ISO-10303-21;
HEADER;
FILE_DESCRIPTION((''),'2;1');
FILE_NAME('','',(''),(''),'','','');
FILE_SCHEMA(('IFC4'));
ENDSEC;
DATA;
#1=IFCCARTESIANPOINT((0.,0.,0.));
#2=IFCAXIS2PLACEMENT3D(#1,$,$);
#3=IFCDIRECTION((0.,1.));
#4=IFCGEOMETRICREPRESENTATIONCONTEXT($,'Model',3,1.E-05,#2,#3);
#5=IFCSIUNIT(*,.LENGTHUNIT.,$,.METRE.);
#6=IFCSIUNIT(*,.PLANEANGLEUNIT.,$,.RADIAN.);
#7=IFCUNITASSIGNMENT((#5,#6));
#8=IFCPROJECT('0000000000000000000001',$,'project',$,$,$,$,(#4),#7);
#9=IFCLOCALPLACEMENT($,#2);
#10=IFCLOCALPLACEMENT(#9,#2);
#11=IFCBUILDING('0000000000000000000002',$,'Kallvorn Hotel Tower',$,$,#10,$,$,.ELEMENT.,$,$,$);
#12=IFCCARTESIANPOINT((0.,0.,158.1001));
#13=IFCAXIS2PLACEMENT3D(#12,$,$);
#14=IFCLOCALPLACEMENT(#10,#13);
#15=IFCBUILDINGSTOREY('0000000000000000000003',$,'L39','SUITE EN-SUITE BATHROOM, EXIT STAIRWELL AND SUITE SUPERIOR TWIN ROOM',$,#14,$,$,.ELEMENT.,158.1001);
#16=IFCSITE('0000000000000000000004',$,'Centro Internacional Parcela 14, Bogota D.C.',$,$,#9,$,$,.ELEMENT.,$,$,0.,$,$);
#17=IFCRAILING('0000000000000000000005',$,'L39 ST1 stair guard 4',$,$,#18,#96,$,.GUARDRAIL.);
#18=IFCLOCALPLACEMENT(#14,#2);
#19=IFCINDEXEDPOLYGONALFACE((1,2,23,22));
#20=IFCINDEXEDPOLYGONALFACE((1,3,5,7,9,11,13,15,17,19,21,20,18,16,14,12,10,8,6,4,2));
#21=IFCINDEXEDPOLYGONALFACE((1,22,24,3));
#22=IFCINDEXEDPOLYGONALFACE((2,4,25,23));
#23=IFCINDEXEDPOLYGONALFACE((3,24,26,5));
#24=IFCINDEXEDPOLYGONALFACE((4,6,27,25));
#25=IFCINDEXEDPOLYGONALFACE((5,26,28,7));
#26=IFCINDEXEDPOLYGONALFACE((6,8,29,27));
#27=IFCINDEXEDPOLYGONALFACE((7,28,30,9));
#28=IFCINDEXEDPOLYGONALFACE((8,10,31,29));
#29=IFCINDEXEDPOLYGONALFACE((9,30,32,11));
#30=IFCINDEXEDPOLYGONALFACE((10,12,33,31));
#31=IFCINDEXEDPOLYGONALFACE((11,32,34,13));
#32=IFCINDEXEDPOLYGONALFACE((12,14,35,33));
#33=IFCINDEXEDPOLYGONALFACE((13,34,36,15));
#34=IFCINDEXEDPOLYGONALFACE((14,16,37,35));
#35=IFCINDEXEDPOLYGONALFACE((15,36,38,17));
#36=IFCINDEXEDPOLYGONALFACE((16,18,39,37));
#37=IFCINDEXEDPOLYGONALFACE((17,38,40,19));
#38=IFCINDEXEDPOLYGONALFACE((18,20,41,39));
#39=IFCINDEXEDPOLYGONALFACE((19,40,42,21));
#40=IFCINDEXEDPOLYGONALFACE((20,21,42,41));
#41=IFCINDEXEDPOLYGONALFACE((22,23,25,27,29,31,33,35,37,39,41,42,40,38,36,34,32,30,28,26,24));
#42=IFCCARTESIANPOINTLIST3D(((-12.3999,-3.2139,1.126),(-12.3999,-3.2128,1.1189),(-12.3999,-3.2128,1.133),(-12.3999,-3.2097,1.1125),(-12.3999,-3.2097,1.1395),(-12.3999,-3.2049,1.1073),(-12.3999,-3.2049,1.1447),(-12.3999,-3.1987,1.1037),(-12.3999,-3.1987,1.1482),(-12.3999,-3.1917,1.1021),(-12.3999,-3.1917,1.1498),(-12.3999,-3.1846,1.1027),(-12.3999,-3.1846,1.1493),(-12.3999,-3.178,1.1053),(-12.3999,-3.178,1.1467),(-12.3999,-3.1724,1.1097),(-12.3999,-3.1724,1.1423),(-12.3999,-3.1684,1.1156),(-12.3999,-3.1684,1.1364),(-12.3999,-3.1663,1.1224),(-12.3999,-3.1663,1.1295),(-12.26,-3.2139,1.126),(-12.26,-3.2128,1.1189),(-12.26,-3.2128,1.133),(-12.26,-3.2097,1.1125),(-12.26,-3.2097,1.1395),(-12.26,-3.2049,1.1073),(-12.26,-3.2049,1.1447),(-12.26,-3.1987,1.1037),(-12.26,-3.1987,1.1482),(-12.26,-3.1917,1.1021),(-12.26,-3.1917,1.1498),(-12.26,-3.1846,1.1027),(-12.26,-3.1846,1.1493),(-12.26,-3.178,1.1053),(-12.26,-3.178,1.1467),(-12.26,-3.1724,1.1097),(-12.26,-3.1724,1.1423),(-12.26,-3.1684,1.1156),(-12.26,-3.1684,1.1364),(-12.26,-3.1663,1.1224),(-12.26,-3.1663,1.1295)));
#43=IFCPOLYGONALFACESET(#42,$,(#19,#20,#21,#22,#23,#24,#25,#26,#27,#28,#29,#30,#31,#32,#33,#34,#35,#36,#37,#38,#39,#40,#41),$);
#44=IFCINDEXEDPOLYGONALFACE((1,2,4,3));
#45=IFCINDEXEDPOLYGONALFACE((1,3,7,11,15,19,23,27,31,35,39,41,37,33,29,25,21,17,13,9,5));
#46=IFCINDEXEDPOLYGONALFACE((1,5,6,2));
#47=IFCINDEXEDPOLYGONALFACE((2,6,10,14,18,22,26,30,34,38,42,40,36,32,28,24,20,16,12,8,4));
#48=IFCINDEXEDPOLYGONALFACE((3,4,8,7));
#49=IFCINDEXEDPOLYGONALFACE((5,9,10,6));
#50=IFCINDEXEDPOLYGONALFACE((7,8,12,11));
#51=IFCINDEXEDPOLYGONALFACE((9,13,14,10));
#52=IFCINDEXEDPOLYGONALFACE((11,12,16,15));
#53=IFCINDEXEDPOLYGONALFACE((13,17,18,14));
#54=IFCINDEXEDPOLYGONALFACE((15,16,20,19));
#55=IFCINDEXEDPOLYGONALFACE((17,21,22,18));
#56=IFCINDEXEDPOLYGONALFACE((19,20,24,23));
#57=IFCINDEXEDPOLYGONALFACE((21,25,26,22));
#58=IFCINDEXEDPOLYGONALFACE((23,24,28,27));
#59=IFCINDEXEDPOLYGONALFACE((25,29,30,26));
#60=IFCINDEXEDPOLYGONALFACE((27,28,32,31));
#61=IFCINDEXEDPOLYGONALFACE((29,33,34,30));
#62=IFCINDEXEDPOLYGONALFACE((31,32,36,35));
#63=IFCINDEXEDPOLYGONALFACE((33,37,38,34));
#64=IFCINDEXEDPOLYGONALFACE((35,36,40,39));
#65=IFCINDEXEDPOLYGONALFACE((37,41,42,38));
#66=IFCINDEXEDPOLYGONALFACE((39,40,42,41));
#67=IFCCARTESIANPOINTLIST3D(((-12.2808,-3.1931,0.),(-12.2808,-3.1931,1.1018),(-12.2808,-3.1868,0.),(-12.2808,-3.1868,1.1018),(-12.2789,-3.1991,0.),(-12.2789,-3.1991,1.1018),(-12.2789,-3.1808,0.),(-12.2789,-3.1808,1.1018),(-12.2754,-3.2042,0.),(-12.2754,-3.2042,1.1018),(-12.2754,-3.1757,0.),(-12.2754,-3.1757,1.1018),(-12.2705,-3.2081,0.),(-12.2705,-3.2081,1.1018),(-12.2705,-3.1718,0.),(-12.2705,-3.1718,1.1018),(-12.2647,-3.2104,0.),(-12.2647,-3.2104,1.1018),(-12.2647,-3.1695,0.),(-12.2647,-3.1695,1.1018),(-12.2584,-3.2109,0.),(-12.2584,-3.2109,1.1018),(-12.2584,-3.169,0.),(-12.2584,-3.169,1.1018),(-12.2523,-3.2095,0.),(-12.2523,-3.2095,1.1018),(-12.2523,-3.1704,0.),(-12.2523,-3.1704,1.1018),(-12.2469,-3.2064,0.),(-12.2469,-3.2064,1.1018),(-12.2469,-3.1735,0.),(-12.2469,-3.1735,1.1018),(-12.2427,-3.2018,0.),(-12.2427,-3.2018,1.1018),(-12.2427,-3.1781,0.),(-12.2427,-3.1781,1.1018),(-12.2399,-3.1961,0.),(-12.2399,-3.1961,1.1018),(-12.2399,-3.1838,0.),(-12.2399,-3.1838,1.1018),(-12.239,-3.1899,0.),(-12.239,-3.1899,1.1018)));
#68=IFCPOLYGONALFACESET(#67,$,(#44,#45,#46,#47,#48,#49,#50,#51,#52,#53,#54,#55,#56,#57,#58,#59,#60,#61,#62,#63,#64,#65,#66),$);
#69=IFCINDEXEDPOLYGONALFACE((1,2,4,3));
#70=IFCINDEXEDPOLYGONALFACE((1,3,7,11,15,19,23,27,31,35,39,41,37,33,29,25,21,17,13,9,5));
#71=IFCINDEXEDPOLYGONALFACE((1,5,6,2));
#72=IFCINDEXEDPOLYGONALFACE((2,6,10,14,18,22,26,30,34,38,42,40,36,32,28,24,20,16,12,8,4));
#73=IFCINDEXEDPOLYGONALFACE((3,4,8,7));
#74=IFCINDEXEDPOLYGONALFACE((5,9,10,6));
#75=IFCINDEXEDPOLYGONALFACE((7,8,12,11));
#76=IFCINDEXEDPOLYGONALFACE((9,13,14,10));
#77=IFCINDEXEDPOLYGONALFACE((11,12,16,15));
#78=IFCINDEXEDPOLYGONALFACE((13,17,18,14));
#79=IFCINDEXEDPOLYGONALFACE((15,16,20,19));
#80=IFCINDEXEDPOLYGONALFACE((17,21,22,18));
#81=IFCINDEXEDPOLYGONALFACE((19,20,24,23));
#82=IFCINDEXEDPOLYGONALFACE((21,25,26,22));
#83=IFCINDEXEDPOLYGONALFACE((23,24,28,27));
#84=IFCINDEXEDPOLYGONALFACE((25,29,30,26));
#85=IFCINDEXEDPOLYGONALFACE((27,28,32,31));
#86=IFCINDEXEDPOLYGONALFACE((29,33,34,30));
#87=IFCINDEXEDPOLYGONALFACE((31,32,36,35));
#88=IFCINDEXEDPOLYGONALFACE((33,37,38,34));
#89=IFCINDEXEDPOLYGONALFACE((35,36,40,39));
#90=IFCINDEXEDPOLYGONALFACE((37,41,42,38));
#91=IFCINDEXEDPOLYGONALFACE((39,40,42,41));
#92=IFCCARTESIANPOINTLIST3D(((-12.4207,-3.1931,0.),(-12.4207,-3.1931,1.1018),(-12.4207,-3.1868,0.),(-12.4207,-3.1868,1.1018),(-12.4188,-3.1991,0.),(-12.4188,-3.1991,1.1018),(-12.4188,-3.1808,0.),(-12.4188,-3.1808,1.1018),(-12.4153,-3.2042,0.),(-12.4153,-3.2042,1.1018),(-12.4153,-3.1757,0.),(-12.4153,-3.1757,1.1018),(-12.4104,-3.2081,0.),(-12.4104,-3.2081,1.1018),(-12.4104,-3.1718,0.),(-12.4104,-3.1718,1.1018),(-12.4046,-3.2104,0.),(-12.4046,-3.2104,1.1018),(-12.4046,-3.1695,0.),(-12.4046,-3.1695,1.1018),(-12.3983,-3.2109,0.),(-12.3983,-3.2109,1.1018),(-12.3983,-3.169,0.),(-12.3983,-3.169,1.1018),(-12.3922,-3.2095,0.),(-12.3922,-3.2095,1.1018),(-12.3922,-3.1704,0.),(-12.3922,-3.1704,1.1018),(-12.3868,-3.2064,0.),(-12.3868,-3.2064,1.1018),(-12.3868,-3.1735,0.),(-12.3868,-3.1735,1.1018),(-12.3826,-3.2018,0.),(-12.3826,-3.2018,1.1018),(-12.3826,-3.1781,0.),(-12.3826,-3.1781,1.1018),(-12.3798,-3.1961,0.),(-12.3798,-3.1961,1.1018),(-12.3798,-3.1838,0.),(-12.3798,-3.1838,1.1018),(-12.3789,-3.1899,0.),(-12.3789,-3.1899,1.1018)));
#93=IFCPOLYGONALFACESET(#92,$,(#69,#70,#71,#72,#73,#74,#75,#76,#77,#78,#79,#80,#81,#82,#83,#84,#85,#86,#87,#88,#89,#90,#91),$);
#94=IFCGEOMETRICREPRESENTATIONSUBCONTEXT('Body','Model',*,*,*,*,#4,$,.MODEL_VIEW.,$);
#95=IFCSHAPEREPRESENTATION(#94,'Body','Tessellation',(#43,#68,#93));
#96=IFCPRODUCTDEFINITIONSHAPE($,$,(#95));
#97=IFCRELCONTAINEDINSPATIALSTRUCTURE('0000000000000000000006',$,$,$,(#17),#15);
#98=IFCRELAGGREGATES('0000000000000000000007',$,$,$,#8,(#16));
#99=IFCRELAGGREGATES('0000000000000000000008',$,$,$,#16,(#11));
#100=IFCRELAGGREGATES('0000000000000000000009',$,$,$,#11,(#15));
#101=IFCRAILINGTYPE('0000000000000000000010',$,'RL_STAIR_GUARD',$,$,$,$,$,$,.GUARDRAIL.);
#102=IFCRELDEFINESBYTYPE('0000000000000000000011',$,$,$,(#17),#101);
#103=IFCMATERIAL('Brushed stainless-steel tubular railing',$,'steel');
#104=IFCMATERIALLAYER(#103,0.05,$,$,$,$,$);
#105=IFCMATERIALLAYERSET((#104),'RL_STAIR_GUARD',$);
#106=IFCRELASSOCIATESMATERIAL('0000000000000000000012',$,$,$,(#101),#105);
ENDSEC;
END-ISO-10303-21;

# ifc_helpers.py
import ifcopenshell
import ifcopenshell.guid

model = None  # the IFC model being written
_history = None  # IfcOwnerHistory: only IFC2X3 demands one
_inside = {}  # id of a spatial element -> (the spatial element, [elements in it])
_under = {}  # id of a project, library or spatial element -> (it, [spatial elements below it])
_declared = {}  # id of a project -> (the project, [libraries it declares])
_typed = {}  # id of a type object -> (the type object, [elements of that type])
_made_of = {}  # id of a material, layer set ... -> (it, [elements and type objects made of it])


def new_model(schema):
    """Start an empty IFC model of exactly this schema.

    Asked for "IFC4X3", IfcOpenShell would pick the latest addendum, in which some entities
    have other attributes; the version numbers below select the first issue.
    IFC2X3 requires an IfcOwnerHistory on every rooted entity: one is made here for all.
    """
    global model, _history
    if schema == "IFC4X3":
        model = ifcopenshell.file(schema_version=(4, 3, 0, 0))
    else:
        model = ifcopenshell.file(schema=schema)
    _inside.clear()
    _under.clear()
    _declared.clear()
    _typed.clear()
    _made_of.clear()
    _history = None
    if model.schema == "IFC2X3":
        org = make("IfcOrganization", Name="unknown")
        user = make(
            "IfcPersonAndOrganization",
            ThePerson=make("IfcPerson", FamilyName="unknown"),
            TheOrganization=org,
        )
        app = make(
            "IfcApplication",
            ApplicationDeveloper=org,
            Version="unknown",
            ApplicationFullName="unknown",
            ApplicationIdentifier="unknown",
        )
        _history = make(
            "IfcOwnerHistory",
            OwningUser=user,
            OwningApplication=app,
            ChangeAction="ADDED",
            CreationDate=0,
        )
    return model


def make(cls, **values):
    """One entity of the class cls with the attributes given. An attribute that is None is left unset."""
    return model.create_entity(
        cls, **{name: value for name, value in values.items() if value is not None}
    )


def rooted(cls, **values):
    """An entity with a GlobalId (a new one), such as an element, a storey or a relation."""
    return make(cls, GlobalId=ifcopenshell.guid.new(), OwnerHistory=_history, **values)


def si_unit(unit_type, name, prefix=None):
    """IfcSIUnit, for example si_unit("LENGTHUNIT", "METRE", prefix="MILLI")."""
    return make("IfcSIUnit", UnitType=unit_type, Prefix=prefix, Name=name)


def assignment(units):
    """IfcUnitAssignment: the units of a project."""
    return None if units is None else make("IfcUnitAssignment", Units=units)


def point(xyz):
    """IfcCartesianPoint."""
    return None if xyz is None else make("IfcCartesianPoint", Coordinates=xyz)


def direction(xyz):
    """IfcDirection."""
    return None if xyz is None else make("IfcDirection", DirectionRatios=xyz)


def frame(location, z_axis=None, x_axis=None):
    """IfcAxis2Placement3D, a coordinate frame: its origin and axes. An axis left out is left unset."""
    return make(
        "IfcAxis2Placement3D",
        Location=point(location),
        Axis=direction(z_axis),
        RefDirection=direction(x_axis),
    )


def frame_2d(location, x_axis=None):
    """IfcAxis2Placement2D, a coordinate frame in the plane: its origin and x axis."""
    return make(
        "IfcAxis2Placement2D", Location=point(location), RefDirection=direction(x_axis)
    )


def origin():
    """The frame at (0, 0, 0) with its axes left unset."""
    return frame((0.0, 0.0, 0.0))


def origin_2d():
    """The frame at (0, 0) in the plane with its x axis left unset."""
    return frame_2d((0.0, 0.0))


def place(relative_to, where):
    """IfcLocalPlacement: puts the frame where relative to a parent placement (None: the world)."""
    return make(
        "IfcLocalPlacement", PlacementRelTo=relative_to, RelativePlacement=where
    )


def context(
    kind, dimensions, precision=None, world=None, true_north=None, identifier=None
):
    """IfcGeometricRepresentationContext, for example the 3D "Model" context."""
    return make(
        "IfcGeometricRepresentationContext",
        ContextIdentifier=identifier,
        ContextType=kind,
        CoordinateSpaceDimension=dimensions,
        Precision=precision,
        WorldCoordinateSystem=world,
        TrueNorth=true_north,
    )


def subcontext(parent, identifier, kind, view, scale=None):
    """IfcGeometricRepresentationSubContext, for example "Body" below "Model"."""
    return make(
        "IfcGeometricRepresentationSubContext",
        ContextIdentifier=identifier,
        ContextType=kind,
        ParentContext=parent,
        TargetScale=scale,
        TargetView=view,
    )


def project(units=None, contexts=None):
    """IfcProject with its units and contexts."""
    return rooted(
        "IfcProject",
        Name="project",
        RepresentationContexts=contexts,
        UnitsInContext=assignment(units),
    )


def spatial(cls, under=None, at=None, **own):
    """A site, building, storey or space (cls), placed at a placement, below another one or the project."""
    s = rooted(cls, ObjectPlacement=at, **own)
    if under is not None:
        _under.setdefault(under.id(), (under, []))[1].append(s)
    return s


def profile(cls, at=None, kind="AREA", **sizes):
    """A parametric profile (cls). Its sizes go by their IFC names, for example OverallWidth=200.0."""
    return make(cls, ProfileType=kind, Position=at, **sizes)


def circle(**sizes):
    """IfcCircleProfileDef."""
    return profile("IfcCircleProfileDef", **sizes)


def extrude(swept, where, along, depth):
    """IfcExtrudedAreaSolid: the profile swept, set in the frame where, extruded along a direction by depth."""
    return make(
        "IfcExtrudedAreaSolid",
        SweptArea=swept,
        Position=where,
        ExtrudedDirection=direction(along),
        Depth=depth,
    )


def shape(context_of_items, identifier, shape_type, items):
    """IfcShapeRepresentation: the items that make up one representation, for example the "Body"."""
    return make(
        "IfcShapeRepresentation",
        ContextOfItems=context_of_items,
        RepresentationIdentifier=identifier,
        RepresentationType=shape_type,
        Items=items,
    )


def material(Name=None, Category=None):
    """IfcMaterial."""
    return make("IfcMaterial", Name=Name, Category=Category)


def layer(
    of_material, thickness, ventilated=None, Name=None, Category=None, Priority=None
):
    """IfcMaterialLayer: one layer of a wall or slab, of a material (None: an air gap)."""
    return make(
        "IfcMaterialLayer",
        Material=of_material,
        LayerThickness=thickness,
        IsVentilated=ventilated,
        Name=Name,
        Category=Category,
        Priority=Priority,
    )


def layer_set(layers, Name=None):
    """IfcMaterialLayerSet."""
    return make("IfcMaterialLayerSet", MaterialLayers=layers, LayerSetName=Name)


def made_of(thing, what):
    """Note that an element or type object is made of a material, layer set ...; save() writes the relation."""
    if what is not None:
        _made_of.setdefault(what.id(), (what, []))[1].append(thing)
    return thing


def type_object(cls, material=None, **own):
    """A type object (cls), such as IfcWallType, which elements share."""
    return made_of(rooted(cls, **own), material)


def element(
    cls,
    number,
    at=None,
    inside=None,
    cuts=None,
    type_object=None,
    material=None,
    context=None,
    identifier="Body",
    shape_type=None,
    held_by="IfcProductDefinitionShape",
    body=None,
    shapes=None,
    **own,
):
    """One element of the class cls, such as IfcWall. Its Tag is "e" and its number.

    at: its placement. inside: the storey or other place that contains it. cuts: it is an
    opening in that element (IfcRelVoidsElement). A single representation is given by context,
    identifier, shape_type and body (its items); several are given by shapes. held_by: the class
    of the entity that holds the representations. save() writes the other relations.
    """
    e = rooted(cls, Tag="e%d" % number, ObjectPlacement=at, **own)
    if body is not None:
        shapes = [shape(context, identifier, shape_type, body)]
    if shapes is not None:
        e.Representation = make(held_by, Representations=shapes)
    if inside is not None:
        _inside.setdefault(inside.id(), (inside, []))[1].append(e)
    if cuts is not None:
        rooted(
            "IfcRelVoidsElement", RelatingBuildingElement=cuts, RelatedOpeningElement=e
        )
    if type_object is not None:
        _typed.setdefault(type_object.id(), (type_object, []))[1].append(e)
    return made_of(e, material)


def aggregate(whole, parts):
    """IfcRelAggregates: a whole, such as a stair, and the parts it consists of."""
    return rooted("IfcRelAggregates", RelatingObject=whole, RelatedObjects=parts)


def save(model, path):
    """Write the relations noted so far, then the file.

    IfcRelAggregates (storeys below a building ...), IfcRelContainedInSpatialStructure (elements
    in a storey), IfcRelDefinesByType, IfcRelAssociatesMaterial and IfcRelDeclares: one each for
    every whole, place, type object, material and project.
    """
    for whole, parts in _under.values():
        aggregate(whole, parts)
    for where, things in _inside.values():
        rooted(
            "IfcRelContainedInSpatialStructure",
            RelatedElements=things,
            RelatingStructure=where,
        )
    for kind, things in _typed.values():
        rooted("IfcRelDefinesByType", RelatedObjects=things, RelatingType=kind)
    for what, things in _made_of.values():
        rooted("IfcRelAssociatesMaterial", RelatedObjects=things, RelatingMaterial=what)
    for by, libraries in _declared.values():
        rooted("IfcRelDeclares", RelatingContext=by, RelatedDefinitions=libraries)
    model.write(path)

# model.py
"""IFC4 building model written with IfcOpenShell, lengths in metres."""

from ifc_helpers import new_model, si_unit, direction, frame, origin, origin_2d, place, context, subcontext, project, spatial, circle, extrude, material, layer, layer_set, type_object, element, save


model = new_model("IFC4")

# Units and contexts
model_context = context("Model", 3, precision=1e-05, world=origin(), true_north=direction((0.0, 1.0)))
body_context = subcontext(model_context, "Body", "Model", "MODEL_VIEW")
ifc_project = project(units=[si_unit("LENGTHUNIT", "METRE"), si_unit("PLANEANGLEUNIT", "RADIAN")], contexts=[model_context])

# Site, building, storey
site_placement = place(None, origin())
site = spatial("IfcSite", under=ifc_project, at=site_placement, Name="Centro Internacional Parcela 14, Bogota D.C.", CompositionType="ELEMENT", RefElevation=0.0)
building_placement = place(site_placement, origin())
building = spatial("IfcBuilding", under=site, at=building_placement, Name="Kallvorn Hotel Tower", CompositionType="ELEMENT")
storey_placement = place(building_placement, frame((0.0, 0.0, 158.1001)))
storey = spatial("IfcBuildingStorey", under=building, at=storey_placement, Name="L39", Description="SUITE EN-SUITE BATHROOM, EXIT STAIRWELL AND SUITE SUPERIOR TWIN ROOM", CompositionType="ELEMENT", Elevation=158.1001)

# Railing
ifc_material_1 = material(Name="Brushed stainless-steel tubular railing", Category="steel")
ifc_layer_1 = layer(ifc_material_1, 0.05)
ifc_layer_set_1 = layer_set([ifc_layer_1], Name="RL_STAIR_GUARD")
railing_type = type_object("IfcRailingType", Name="RL_STAIR_GUARD", PredefinedType="GUARDRAIL", material=ifc_layer_set_1)
railing_placement = place(storey_placement, frame((-12.26, -3.1899, 0.0)))
element("IfcRailing", 1, at=railing_placement, inside=storey, type_object=railing_type, Name="L39 ST1 stair guard 4", PredefinedType="GUARDRAIL", context=body_context, shape_type="SweptSolid", body=[
    extrude(circle(Radius=0.0239, at=origin_2d()), frame((0.0, 0.0, 1.126), z_axis=(-1.0, 0.0, 0.0), x_axis=(0.0, -1.0, 0.0)), (0.0, 0.0, 1.0), 0.1399),
    extrude(circle(Radius=0.021, at=origin_2d()), origin(), (0.0, 0.0, 1.0), 1.1018),
    extrude(circle(Radius=0.021, at=origin_2d()), frame((-0.1399, 0.0, 0.0)), (0.0, 0.0, 1.0), 1.1018),
])

save(model, "model.ifc")
